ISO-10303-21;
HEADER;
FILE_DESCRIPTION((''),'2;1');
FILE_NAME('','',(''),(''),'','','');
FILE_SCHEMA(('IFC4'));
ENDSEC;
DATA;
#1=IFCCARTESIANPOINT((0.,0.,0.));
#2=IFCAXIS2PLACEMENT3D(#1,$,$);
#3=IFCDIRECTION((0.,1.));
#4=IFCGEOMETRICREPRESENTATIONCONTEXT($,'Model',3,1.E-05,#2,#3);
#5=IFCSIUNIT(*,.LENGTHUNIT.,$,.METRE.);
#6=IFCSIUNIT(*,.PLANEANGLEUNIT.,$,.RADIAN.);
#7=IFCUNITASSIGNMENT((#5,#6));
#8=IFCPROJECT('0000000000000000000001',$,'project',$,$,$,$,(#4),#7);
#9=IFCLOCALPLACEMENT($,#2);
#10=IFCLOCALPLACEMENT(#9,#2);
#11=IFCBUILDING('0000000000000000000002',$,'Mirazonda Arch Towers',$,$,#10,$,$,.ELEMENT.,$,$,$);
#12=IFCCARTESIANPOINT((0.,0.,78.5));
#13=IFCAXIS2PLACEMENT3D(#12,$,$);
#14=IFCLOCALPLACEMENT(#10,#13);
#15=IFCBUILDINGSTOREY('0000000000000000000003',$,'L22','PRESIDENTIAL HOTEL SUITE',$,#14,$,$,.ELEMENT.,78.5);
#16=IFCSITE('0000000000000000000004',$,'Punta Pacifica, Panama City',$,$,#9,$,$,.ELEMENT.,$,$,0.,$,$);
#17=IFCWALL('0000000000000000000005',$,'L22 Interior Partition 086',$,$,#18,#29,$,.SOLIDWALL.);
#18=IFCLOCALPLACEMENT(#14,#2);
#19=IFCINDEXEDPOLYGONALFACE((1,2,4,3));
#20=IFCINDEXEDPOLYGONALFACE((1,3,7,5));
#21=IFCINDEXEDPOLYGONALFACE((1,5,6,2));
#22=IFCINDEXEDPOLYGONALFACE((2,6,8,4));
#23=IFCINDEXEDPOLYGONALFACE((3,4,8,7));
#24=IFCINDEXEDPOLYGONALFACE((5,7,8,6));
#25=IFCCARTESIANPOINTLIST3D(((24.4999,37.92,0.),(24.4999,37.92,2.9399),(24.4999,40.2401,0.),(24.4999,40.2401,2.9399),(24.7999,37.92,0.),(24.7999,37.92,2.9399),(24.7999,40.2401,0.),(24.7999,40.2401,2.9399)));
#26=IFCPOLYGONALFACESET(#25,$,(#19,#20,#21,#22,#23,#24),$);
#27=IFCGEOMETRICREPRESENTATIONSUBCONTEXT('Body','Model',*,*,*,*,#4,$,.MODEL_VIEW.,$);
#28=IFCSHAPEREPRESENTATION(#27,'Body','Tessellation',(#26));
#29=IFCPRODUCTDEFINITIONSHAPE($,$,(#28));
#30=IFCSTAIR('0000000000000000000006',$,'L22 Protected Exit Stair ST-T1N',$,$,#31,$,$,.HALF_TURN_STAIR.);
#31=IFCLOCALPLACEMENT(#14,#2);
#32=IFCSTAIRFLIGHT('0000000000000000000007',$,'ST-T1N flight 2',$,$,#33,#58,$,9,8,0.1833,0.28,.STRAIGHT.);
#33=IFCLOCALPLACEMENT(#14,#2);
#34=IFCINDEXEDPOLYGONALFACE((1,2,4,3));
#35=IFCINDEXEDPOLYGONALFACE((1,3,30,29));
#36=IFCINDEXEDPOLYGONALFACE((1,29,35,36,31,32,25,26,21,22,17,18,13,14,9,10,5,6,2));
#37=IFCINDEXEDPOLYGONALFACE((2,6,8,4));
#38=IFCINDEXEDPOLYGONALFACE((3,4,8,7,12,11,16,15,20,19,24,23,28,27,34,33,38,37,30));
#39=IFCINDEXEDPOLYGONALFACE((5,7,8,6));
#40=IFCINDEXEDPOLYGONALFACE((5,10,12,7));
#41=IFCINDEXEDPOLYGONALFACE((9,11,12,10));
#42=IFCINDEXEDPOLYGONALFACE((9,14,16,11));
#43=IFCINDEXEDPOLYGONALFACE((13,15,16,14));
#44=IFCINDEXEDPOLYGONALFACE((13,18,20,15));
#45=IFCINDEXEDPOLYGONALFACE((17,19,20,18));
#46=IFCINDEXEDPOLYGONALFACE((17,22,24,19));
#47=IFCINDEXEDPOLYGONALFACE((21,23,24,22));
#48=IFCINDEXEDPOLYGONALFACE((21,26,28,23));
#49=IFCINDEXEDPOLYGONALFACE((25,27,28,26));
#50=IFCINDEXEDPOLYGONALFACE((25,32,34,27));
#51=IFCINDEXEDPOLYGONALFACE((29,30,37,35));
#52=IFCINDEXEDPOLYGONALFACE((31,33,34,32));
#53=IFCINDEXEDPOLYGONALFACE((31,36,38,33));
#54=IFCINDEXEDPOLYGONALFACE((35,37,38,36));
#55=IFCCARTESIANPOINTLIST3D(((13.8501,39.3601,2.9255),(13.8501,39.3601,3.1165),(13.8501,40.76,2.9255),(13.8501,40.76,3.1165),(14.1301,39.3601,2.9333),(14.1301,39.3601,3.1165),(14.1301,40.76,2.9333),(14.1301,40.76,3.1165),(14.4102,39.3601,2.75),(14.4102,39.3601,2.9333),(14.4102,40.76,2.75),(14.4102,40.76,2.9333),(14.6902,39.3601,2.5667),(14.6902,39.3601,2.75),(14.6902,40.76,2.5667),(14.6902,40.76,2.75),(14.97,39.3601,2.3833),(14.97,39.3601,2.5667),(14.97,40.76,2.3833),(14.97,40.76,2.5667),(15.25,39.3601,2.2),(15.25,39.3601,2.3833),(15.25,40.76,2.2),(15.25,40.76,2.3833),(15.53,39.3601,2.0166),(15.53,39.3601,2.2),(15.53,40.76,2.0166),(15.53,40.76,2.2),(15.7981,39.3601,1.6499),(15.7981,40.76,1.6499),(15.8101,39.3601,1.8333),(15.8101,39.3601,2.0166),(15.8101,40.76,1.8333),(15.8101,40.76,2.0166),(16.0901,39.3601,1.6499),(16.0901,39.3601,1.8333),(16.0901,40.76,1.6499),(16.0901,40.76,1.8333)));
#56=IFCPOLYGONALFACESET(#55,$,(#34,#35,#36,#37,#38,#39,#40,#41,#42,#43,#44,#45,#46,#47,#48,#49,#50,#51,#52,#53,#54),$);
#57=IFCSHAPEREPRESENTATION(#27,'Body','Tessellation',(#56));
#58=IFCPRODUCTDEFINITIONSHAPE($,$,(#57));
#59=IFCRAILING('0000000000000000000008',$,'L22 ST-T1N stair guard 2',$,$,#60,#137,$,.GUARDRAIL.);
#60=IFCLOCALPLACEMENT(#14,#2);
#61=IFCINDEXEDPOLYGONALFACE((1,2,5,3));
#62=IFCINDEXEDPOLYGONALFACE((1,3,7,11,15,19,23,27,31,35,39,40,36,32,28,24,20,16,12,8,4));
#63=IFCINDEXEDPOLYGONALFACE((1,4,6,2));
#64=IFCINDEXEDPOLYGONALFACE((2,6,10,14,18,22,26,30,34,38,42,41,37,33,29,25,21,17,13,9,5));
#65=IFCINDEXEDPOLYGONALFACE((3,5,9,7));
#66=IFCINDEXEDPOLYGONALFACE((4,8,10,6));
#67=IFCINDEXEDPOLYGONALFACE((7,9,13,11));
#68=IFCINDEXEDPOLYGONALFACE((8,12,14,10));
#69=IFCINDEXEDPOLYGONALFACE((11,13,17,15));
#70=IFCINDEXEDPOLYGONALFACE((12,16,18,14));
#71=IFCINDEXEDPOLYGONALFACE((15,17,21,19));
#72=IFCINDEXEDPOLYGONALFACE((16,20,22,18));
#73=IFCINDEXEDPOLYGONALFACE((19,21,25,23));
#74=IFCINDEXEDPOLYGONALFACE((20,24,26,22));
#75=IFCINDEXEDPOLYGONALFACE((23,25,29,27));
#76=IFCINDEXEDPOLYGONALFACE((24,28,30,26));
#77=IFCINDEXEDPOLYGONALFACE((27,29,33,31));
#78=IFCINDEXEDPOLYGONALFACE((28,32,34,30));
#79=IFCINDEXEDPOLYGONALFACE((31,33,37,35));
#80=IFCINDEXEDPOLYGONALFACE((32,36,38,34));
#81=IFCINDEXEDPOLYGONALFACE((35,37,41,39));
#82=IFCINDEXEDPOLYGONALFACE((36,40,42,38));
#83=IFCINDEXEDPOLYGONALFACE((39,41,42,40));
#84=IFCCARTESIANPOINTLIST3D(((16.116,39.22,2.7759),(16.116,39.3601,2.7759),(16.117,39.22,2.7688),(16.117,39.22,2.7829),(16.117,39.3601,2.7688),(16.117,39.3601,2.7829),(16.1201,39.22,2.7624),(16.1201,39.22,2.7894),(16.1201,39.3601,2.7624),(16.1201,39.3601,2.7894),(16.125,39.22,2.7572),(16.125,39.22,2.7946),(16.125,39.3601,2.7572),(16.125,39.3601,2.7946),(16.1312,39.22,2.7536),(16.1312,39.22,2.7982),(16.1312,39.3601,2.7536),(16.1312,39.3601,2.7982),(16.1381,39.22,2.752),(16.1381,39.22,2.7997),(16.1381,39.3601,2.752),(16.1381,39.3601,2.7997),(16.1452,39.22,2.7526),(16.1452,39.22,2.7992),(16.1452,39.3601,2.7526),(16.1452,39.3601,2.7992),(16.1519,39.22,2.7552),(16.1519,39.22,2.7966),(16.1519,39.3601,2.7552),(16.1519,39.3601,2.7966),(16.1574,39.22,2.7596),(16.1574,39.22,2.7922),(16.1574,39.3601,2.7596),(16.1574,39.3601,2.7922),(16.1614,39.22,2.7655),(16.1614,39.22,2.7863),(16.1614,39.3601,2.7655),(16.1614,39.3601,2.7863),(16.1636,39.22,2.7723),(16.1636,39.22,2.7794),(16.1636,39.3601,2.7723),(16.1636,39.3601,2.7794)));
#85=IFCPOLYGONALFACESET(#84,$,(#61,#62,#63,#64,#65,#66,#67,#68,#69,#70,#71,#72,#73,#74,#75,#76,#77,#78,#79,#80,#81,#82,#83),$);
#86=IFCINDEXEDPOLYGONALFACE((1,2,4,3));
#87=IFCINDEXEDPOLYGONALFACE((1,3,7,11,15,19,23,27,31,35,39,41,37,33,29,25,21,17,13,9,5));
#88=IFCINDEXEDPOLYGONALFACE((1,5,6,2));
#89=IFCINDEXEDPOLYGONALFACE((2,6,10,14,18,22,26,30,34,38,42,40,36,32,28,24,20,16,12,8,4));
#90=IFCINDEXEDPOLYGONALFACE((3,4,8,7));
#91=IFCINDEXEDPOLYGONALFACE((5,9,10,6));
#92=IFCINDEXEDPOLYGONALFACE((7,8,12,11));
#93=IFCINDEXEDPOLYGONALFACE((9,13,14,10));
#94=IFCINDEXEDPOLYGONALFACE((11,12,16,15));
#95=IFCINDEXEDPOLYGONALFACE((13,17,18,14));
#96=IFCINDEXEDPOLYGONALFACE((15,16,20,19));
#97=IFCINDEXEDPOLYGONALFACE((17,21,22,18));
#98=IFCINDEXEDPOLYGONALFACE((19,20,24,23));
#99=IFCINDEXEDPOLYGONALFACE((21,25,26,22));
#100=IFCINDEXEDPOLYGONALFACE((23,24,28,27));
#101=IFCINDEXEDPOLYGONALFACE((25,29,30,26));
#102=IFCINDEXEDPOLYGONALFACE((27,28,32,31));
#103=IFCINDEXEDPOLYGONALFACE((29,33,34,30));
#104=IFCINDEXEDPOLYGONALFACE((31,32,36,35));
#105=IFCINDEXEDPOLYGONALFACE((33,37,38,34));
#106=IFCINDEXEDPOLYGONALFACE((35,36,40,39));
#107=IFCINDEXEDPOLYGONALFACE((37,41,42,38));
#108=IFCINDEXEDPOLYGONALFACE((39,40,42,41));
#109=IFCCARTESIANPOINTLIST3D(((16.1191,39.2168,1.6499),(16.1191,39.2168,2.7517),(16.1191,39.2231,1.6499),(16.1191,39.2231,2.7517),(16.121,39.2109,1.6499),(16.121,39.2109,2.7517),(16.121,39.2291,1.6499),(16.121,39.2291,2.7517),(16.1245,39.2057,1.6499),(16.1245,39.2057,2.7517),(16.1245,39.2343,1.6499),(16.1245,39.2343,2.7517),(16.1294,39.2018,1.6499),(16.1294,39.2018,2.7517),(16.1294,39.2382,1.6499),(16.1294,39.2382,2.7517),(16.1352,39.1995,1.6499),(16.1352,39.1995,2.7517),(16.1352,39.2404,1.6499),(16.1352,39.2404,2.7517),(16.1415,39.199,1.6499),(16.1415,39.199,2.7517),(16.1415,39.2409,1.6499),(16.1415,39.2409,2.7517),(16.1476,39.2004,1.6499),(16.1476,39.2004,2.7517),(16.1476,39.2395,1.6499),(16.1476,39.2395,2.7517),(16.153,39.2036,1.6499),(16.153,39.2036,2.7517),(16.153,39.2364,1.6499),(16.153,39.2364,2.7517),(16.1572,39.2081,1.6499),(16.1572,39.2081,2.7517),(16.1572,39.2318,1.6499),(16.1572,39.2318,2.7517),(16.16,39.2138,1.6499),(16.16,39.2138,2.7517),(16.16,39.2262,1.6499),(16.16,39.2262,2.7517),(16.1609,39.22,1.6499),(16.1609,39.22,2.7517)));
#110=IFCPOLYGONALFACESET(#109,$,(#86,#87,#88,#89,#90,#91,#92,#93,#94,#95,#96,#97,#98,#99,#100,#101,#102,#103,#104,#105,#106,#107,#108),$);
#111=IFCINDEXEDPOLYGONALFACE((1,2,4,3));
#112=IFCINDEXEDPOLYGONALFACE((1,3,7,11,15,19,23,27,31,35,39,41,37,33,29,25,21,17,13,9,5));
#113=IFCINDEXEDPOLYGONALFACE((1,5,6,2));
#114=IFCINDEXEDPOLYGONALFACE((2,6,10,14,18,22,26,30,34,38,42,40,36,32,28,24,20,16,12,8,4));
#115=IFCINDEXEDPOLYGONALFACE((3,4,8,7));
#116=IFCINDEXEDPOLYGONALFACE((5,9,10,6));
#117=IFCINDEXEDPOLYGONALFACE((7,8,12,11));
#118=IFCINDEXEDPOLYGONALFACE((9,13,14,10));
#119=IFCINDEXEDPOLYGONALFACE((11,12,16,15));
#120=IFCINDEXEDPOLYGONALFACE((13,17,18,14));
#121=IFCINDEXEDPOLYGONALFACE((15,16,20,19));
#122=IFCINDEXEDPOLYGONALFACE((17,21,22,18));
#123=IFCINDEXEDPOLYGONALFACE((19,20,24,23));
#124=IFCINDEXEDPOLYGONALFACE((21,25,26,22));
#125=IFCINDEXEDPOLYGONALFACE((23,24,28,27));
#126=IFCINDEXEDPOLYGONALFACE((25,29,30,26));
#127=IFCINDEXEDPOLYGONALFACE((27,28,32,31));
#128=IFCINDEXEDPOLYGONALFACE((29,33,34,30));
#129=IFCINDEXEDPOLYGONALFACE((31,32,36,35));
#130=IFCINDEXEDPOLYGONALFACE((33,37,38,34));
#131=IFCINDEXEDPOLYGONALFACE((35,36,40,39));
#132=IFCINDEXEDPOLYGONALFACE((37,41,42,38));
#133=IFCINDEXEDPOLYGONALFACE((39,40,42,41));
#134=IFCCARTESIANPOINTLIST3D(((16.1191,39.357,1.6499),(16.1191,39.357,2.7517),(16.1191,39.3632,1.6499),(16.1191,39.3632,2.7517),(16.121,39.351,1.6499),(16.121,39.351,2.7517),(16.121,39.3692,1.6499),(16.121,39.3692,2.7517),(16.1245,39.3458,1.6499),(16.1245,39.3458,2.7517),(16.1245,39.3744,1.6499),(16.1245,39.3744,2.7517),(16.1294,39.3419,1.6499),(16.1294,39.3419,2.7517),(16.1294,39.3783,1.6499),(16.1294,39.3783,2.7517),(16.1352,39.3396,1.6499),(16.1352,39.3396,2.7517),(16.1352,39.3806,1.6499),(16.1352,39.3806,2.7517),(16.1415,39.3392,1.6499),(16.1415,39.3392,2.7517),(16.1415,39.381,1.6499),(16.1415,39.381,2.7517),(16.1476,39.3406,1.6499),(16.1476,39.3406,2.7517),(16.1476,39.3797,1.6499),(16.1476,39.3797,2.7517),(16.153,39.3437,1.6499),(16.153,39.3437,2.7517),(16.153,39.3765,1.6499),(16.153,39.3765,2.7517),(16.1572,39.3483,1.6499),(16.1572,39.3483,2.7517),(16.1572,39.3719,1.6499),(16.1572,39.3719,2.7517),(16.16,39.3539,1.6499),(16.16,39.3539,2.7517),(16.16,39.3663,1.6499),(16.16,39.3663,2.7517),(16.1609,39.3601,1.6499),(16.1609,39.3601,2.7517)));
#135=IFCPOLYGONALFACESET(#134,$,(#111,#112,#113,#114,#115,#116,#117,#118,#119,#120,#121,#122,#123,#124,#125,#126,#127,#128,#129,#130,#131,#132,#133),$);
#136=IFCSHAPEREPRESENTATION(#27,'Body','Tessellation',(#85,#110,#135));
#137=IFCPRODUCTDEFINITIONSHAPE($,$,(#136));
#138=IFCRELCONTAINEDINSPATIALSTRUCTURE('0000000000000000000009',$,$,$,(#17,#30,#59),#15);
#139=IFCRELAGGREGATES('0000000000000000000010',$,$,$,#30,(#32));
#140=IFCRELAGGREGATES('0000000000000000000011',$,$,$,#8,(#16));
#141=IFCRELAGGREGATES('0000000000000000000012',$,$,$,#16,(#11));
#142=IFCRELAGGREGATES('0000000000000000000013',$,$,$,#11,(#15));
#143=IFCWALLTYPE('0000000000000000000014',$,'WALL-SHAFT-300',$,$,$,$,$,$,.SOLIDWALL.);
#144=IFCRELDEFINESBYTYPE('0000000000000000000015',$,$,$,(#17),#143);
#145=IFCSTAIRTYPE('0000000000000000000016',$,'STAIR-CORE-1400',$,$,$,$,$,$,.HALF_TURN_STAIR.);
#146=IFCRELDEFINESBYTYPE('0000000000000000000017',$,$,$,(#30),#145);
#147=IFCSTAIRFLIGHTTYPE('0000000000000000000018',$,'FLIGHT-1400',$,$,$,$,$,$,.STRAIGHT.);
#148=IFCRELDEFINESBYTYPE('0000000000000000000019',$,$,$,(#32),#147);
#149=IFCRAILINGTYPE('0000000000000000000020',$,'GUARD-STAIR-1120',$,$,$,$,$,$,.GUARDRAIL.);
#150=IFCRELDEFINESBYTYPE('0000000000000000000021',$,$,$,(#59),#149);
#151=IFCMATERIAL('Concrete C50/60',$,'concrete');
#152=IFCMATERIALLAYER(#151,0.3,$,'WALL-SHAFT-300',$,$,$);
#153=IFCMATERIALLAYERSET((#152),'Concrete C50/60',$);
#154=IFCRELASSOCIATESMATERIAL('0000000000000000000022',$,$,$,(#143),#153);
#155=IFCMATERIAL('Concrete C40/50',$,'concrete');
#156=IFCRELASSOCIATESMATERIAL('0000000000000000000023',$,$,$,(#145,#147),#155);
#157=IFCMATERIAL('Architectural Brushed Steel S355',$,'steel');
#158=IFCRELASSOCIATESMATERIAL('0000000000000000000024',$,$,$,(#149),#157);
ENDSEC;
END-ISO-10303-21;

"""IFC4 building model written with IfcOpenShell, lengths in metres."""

from ifc_helpers import new_model, si_unit, direction, frame, frame_2d, origin, origin_2d, place, context, subcontext, project, spatial, polyline, rectangle, circle, outline, extrude, material, layer, layer_set, type_object, element, aggregate, save


model = new_model("IFC4")

# Units and contexts
model_context = context("Model", 3, precision=1e-05, world=origin(), true_north=direction((0.0, 1.0)))
body_context = subcontext(model_context, "Body", "Model", "MODEL_VIEW")
ifc_project = project(units=[si_unit("LENGTHUNIT", "METRE"), si_unit("PLANEANGLEUNIT", "RADIAN")], contexts=[model_context])

# Site, building, storey
site_placement = place(None, origin())
site = spatial("IfcSite", under=ifc_project, at=site_placement, Name="Punta Pacifica, Panama City", CompositionType="ELEMENT", RefElevation=0.0)
building_placement = place(site_placement, origin())
building = spatial("IfcBuilding", under=site, at=building_placement, Name="Mirazonda Arch Towers", CompositionType="ELEMENT")
storey_placement = place(building_placement, frame((0.0, 0.0, 78.5)))
storey = spatial("IfcBuildingStorey", under=building, at=storey_placement, Name="L22", Description="PRESIDENTIAL HOTEL SUITE", CompositionType="ELEMENT", Elevation=78.5)

# Wall
ifc_material_1 = material(Name="Concrete C40/50", Category="concrete")
ifc_material_2 = material(Name="Concrete C50/60", Category="concrete")
ifc_layer_1 = layer(ifc_material_2, 0.3, Name="WALL-SHAFT-300")
ifc_layer_set_1 = layer_set([ifc_layer_1], Name="Concrete C50/60")
wall_type_1 = type_object("IfcWallType", Name="WALL-SHAFT-300", PredefinedType="SOLIDWALL", material=ifc_layer_set_1)
for number, where, z_axis, x_axis, name in (
    (1, (24.6499, 37.9199, 0.0), (0.0, 0.0, 1.0), (0.0, 1.0, 0.0), "L22 Interior Partition 086"),
):
    element("IfcWall", number, at=place(storey_placement, frame(where, z_axis=z_axis, x_axis=x_axis)), inside=storey, type_object=wall_type_1, Name=name, PredefinedType="SOLIDWALL", context=body_context, shape_type="SweptSolid", body=[
        extrude(rectangle(XDim=2.3201, YDim=0.3, at=frame_2d((1.1602, 0.0))), origin(), (0.0, 0.0, 1.0), 2.9399),
    ])

# Stair, stair flight
stair_type = type_object("IfcStairType", Name="STAIR-CORE-1400", PredefinedType="HALF_TURN_STAIR", material=ifc_material_1)
stair_placement = place(storey_placement, origin())
stair = element("IfcStair", 2, at=stair_placement, inside=storey, type_object=stair_type, Name="L22 Protected Exit Stair ST-T1N", PredefinedType="HALF_TURN_STAIR")
stair_flight_type = type_object("IfcStairFlightType", Name="FLIGHT-1400", PredefinedType="STRAIGHT", material=ifc_material_1)
stair_flight_placement = place(storey_placement, frame((16.0901, 40.0601, 1.6499), z_axis=(0.0, 0.0, 1.0), x_axis=(-1.0, 0.0, 0.0)))
stair_flight = element("IfcStairFlight", 3, at=stair_flight_placement, type_object=stair_flight_type, Name="ST-T1N flight 2", NumberOfRisers=9, NumberOfTreads=8, PredefinedType="STRAIGHT", RiserHeight=0.1833, TreadLength=0.28, context=body_context, shape_type="SweptSolid", body=[
    extrude(outline(polyline([(0.0, 0.0), (0.0, 0.1833), (0.28, 0.1833), (0.28, 0.3667), (0.5601, 0.3667), (0.5601, 0.55), (0.8401, 0.55), (0.8401, 0.7334), (1.1201, 0.7334), (1.1201, 0.9167), (1.3999, 0.9167), (1.3999, 1.1001), (1.6799, 1.1001), (1.6799, 1.2834), (1.96, 1.2834), (1.96, 1.4666), (2.24, 1.4666), (2.24, 1.6499), (2.24, 1.2756), (0.292, 0.0), (0.0, 0.0)])), frame((0.0, 0.7, 0.0), z_axis=(0.0, -1.0, 0.0), x_axis=(1.0, 0.0, 0.0)), (0.0, 0.0, 1.0), 1.3999),
])
aggregate(stair, [stair_flight])

# Railing
ifc_material_3 = material(Name="Architectural Brushed Steel S355", Category="steel")
railing_type_1 = type_object("IfcRailingType", Name="GUARD-STAIR-1120", PredefinedType="GUARDRAIL", material=ifc_material_3)
railing_1_placement = place(storey_placement, frame((16.1399, 39.22, 1.6499)))
element("IfcRailing", 4, at=railing_1_placement, inside=storey, type_object=railing_type_1, Name="L22 ST-T1N stair guard 2", PredefinedType="GUARDRAIL", context=body_context, shape_type="SweptSolid", body=[
    extrude(circle(Radius=0.0239, at=origin_2d()), frame((0.0, 0.0, 1.126), z_axis=(0.0, 1.0, 0.0), x_axis=(-1.0, 0.0, 0.0)), (0.0, 0.0, 1.0), 0.1401),
    extrude(circle(Radius=0.021, at=origin_2d()), origin(), (0.0, 0.0, 1.0), 1.1018),
    extrude(circle(Radius=0.021, at=origin_2d()), frame((0.0, 0.1401, 0.0)), (0.0, 0.0, 1.0), 1.1018),
])

save(model, "model.ifc")
